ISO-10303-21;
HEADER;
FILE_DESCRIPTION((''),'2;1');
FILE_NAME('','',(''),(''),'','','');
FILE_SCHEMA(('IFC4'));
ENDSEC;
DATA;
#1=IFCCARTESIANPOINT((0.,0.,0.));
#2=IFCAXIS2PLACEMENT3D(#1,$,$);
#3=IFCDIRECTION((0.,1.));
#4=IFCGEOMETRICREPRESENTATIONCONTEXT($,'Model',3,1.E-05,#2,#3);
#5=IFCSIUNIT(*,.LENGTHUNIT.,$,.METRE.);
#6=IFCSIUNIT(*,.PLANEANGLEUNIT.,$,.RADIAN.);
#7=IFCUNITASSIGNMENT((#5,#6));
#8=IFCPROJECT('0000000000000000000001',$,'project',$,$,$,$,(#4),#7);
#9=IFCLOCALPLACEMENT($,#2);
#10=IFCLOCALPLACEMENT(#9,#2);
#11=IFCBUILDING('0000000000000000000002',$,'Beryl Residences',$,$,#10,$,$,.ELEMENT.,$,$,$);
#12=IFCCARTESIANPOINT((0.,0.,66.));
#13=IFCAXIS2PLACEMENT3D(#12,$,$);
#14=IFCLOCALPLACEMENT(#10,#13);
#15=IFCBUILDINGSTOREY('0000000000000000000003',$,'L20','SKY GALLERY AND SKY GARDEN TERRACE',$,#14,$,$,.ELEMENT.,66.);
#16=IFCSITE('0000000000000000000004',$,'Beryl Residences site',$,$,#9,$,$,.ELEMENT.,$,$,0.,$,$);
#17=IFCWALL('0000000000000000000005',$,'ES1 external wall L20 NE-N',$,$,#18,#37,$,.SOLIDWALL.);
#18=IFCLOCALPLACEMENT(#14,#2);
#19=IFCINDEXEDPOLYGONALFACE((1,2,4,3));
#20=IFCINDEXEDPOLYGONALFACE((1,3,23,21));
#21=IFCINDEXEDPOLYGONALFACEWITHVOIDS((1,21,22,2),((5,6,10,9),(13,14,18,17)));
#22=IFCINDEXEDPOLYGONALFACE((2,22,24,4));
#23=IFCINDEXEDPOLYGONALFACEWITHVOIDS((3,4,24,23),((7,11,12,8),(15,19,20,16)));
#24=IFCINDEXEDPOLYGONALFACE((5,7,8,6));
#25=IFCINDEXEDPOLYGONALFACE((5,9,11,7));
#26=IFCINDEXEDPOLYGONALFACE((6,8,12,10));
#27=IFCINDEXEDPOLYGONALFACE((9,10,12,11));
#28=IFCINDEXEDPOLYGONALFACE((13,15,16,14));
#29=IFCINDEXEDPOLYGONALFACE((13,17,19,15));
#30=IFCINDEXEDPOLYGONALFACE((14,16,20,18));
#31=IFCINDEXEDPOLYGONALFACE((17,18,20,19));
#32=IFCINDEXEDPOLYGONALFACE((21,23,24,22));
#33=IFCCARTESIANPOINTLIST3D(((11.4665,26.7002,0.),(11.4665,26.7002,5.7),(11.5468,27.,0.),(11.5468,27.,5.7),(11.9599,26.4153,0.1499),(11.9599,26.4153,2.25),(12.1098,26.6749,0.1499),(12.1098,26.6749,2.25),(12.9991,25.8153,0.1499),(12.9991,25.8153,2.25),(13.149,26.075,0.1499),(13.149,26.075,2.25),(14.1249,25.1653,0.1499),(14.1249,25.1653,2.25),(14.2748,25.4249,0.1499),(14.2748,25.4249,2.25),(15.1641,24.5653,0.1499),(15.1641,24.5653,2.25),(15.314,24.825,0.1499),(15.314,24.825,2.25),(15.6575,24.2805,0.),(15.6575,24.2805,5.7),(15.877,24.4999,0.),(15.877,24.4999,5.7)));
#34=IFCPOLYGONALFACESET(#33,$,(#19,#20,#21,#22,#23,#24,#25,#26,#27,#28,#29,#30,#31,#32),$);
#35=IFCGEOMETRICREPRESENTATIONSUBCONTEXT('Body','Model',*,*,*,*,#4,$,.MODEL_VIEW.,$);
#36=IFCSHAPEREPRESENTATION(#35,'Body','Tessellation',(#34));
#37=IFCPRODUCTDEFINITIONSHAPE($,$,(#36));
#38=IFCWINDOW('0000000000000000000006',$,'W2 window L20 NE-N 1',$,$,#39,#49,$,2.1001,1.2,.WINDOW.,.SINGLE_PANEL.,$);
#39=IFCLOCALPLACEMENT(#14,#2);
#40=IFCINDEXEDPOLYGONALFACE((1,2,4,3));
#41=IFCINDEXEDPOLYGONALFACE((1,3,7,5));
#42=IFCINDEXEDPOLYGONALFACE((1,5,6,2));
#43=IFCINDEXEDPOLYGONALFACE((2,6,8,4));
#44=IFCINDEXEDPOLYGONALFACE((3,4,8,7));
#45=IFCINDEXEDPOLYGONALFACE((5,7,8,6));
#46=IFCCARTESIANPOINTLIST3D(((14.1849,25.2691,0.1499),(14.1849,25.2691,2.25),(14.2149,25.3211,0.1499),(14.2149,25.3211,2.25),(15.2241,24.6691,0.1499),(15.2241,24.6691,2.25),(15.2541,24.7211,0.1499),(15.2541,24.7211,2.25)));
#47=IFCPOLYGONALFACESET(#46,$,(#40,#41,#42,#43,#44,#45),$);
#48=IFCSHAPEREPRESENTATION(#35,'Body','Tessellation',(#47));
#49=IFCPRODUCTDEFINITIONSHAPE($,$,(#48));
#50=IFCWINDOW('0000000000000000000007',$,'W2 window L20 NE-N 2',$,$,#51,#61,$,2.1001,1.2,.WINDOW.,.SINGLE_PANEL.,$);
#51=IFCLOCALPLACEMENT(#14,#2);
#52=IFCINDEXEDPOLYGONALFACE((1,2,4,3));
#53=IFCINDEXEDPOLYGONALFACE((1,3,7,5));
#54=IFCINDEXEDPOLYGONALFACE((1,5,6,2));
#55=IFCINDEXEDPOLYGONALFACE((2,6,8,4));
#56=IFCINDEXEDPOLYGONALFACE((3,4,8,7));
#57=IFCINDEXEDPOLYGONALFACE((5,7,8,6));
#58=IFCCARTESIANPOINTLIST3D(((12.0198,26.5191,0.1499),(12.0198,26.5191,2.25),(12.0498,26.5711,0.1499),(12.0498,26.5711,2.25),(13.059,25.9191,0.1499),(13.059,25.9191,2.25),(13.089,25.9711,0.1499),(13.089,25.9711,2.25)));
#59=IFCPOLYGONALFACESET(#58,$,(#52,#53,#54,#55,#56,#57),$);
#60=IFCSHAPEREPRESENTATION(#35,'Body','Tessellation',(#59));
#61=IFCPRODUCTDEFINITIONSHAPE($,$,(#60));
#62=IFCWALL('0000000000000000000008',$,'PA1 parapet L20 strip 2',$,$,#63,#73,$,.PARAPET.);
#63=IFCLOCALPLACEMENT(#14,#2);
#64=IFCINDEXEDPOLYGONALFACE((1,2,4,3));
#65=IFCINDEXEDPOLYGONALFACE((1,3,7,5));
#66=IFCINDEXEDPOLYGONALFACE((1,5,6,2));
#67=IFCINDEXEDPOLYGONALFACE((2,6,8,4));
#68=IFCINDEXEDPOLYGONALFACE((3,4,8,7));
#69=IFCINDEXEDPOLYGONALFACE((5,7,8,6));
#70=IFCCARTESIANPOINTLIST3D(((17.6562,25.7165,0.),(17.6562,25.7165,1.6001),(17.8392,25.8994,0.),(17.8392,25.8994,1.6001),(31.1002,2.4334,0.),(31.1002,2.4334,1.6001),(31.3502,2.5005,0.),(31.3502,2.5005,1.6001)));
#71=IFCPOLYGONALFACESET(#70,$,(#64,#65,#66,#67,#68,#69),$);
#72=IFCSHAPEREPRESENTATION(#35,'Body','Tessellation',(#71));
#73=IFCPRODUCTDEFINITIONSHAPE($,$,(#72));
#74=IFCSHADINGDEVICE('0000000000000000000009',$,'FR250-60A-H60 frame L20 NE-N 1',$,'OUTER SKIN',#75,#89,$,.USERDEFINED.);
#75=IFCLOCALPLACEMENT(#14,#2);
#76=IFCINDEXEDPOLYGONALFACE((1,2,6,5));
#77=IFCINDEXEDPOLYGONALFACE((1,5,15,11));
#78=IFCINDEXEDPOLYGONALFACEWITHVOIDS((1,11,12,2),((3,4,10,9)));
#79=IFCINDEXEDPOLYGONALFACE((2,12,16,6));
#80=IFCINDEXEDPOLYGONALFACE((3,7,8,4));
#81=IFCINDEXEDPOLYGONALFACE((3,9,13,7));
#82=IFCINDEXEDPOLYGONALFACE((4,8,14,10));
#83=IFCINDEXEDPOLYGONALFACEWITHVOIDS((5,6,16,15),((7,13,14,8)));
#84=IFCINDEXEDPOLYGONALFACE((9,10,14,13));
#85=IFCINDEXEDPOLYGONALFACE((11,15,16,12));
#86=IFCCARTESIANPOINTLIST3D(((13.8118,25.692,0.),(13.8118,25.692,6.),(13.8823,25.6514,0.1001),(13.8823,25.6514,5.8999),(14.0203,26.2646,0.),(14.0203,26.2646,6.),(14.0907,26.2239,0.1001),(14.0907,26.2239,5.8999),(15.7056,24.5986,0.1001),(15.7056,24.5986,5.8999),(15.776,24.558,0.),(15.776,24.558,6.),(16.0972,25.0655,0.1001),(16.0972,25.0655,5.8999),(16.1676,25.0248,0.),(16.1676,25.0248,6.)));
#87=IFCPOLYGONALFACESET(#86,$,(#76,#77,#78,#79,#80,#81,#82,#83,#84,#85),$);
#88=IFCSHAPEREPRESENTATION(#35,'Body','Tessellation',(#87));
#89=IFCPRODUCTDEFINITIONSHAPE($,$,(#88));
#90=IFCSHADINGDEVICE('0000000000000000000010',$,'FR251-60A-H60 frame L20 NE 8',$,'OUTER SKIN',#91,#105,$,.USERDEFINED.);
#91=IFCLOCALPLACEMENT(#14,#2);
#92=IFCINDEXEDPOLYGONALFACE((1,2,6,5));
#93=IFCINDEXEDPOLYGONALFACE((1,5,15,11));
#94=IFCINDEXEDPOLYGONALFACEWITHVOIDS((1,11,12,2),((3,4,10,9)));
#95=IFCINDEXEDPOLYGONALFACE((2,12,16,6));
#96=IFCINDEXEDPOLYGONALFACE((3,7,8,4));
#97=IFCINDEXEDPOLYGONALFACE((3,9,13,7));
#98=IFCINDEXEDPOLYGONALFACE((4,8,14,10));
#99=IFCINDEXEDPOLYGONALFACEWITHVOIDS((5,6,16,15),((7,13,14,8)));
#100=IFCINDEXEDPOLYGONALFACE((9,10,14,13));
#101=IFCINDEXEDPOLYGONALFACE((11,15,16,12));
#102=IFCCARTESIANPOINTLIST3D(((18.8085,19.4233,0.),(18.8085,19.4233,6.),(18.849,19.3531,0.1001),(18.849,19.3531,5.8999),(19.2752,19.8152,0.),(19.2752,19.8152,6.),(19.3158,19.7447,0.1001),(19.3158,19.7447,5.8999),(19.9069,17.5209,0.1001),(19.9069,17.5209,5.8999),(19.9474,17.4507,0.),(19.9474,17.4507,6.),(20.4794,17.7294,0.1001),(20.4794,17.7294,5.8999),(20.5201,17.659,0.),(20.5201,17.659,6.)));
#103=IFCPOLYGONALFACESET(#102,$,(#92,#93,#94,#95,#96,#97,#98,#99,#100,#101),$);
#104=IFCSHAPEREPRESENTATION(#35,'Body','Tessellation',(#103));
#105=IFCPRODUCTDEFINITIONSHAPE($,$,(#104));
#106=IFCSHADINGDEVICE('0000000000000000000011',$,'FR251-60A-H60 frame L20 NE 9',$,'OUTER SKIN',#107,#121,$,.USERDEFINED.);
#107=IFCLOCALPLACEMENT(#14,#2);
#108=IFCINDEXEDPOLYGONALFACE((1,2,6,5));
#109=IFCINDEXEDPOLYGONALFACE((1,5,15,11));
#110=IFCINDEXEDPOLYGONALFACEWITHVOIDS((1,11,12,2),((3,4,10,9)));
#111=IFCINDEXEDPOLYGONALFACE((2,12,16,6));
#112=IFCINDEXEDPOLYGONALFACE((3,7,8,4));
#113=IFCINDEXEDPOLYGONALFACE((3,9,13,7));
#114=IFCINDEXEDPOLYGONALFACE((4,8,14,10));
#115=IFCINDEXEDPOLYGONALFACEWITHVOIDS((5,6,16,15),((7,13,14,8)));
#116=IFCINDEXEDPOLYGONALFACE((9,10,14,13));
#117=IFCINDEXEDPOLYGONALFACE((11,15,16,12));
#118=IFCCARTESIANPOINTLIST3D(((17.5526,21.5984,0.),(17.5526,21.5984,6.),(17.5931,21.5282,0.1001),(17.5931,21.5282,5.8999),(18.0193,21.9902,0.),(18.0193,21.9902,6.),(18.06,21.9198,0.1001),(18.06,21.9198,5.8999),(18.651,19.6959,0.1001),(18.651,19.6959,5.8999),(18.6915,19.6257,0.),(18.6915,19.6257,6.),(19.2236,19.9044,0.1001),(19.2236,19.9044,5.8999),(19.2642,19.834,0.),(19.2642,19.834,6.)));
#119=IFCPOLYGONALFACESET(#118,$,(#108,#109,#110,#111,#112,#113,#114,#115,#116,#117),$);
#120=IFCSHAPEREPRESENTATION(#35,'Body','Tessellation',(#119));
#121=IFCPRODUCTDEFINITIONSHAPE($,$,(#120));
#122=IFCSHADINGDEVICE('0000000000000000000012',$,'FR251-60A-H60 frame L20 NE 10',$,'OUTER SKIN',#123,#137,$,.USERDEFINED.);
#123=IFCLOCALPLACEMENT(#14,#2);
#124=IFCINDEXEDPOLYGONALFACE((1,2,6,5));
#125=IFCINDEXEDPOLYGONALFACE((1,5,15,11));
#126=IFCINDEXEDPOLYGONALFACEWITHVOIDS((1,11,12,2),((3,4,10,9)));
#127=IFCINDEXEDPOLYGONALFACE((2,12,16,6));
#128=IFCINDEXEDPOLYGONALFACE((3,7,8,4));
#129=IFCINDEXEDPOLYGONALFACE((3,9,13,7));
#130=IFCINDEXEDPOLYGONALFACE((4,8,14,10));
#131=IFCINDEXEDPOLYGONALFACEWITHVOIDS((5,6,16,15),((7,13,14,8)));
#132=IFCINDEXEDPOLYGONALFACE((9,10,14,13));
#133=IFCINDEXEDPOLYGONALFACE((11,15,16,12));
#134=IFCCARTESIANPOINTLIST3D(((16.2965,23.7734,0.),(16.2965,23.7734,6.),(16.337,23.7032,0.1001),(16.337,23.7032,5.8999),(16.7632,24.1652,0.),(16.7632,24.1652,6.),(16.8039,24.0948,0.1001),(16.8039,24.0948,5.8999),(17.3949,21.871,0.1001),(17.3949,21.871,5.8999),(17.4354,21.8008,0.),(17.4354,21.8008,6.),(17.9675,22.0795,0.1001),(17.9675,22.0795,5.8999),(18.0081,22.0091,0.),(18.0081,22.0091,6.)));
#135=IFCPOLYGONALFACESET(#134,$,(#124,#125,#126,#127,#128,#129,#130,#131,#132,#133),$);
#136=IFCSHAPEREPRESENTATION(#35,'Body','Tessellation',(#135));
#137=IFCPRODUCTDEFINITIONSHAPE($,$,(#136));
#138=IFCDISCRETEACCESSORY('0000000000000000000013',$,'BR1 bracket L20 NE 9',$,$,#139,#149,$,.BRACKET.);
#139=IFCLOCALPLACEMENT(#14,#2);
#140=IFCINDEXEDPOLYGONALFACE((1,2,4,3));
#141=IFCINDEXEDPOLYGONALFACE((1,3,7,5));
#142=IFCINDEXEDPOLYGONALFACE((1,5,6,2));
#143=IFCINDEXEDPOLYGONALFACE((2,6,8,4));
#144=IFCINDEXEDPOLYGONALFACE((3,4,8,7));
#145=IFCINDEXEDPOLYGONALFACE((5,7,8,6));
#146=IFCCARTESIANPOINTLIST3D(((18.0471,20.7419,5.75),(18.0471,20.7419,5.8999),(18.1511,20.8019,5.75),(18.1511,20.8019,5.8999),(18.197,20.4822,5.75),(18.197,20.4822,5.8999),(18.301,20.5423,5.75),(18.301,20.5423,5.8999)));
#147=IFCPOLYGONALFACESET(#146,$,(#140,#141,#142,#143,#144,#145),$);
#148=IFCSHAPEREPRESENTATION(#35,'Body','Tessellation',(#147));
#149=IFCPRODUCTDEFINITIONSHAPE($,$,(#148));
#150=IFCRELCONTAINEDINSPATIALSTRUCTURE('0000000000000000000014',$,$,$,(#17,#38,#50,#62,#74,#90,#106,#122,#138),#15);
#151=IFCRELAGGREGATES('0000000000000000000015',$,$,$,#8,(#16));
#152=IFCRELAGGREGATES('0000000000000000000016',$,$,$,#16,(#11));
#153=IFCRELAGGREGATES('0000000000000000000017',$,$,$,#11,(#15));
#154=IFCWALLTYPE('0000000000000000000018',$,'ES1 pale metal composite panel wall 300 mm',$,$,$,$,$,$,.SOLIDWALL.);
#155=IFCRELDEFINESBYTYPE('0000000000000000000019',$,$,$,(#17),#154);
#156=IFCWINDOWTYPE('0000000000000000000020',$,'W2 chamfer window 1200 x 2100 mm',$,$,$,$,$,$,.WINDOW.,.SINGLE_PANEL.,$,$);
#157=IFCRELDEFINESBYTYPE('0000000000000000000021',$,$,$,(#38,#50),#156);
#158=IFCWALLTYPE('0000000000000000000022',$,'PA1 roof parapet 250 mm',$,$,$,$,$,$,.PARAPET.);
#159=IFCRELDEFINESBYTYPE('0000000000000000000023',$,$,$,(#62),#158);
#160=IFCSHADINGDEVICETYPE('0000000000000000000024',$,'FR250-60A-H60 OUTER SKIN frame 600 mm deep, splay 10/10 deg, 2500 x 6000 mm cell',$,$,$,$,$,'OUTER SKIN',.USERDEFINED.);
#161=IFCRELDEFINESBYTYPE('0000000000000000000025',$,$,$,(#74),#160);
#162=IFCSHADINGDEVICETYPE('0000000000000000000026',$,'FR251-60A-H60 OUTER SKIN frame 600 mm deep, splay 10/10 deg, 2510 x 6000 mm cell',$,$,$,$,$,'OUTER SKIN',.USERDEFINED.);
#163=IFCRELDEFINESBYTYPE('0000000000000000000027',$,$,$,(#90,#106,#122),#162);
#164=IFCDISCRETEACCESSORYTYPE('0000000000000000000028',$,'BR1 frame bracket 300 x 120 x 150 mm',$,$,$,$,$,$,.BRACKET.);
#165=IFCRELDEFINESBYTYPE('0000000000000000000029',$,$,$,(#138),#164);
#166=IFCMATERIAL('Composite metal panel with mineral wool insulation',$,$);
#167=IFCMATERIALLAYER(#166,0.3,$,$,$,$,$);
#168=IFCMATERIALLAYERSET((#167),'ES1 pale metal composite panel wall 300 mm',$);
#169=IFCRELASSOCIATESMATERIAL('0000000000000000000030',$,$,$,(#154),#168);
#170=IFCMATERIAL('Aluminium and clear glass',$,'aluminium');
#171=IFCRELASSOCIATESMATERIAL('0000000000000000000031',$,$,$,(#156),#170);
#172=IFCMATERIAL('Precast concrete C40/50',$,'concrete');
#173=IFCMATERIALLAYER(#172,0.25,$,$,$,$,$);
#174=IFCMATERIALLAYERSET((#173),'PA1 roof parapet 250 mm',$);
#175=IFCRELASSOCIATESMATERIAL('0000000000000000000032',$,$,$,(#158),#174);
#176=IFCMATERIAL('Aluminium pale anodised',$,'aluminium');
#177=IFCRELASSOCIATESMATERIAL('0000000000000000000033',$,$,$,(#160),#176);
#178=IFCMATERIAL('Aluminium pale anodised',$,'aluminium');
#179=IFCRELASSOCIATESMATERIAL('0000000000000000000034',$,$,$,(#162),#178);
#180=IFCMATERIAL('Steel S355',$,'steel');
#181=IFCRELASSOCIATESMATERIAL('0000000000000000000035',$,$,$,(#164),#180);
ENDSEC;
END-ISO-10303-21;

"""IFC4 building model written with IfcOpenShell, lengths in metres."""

from ifc_helpers import new_model, entity, si_unit, direction, frame, frame_2d, origin, place, context, subcontext, project, spatial, polyline, rectangle, outline, extrude, source, transform, mapped, material, layer, layer_set, type_object, type_shapes, element, fill, save


model = new_model("IFC4")

# Units and contexts
model_context = context("Model", 3, precision=1e-05, world=origin(), true_north=direction((0.0, 1.0)))
body_context = subcontext(model_context, "Body", "Model", "MODEL_VIEW")
ifc_project = project(units=[si_unit("LENGTHUNIT", "METRE"), si_unit("PLANEANGLEUNIT", "RADIAN")], contexts=[model_context])

# Site, building, storey
site_placement = place(None, origin())
site = spatial("IfcSite", under=ifc_project, at=site_placement, Name="Beryl Residences site", CompositionType="ELEMENT", RefElevation=0.0)
building_placement = place(site_placement, origin())
building = spatial("IfcBuilding", under=site, at=building_placement, Name="Beryl Residences", CompositionType="ELEMENT")
storey_placement = place(building_placement, frame((0.0, 0.0, 66.0)))
storey = spatial("IfcBuildingStorey", under=building, at=storey_placement, Name="L20", Description="SKY GALLERY AND SKY GARDEN TERRACE", CompositionType="ELEMENT", Elevation=66.0)

# Wall, openings, windows
ifc_material_1 = material(Name="Composite metal panel with mineral wool insulation")
ifc_layer_1 = layer(ifc_material_1, 0.3)
ifc_layer_set_1 = layer_set([ifc_layer_1], Name="ES1 pale metal composite panel wall 300 mm")
wall_type_1 = type_object("IfcWallType", Name="ES1 pale metal composite panel wall 300 mm", PredefinedType="SOLIDWALL", material=ifc_layer_set_1)
wall_1_placement = place(storey_placement, frame((15.802, 24.3701, 0.0), z_axis=(0.0, 0.0, 1.0), x_axis=(-0.866023, 0.500004, 0.0)))
wall_1 = element("IfcWall", 1, at=wall_1_placement, inside=storey, type_object=wall_type_1, Name="ES1 external wall L20 NE-N", PredefinedType="SOLIDWALL", context=body_context, shape_type="SweptSolid", body=[
    extrude(outline(polyline([(0.0, -0.1499), (5.0, -0.1499), (4.9197, 0.1499), (0.0803, 0.1499), (0.0, -0.1499)])), origin(), (0.0, 0.0, 1.0), 5.7),
])
opening_1_placement = place(wall_1_placement, frame((0.6499, 0.0, 0.1499)))
opening_1 = element("IfcOpeningElement", 2, at=opening_1_placement, cuts=wall_1, PredefinedType="OPENING", context=body_context, shape_type="SweptSolid", body=[
    extrude(rectangle(XDim=1.2, YDim=2.1001, at=frame_2d((0.6001, 1.05))), frame((0.0, 0.1599, 0.0), z_axis=(0.0, -1.0, 0.0), x_axis=(1.0, 0.0, 0.0)), (0.0, 0.0, 1.0), 0.3201),
])
opening_2_placement = place(wall_1_placement, frame((3.1499, 0.0, 0.1499)))
opening_2 = element("IfcOpeningElement", 3, at=opening_2_placement, cuts=wall_1, PredefinedType="OPENING", context=body_context, shape_type="SweptSolid", body=[
    extrude(rectangle(XDim=1.2, YDim=2.1001, at=frame_2d((0.6001, 1.05))), frame((0.0, 0.1599, 0.0), z_axis=(0.0, -1.0, 0.0), x_axis=(1.0, 0.0, 0.0)), (0.0, 0.0, 1.0), 0.3201),
])
ifc_material_2 = material(Name="Aluminium and clear glass", Category="aluminium")
window_type = type_object("IfcWindowType", Name="W2 chamfer window 1200 x 2100 mm", PartitioningType="SINGLE_PANEL", PredefinedType="WINDOW", material=ifc_material_2)
window_1_placement = place(opening_1_placement, origin())
window_1 = element("IfcWindow", 4, at=window_1_placement, inside=storey, type_object=window_type, Name="W2 window L20 NE-N 1", OverallHeight=2.1001, OverallWidth=1.2, PartitioningType="SINGLE_PANEL", PredefinedType="WINDOW", context=body_context, shape_type="SweptSolid", body=[
    extrude(rectangle(XDim=1.2, YDim=2.1001, at=frame_2d((0.6001, 1.05))), frame((0.0, 0.03, 0.0), z_axis=(0.0, -1.0, 0.0), x_axis=(1.0, 0.0, 0.0)), (0.0, 0.0, 1.0), 0.0601),
])
fill(opening_1, window_1)
window_2_placement = place(opening_2_placement, origin())
window_2 = element("IfcWindow", 5, at=window_2_placement, inside=storey, type_object=window_type, Name="W2 window L20 NE-N 2", OverallHeight=2.1001, OverallWidth=1.2, PartitioningType="SINGLE_PANEL", PredefinedType="WINDOW", context=body_context, shape_type="SweptSolid", body=[
    extrude(rectangle(XDim=1.2, YDim=2.1001, at=frame_2d((0.6001, 1.05))), frame((0.0, 0.03, 0.0), z_axis=(0.0, -1.0, 0.0), x_axis=(1.0, 0.0, 0.0)), (0.0, 0.0, 1.0), 0.0601),
])
fill(opening_2, window_2)

# Wall
ifc_material_3 = material(Name="Precast concrete C40/50", Category="concrete")
ifc_layer_2 = layer(ifc_material_3, 0.25)
ifc_layer_set_2 = layer_set([ifc_layer_2], Name="PA1 roof parapet 250 mm")
wall_type_2 = type_object("IfcWallType", Name="PA1 roof parapet 250 mm", PredefinedType="PARAPET", material=ifc_layer_set_2)
wall_2_placement = place(storey_placement, frame((17.731, 25.8369, 0.0), z_axis=(0.0, 0.0, 1.0), x_axis=(0.500045, -0.866, 0.0)))
element("IfcWall", 6, at=wall_2_placement, inside=storey, type_object=wall_type_2, Name="PA1 parapet L20 strip 2", PredefinedType="PARAPET", context=body_context, shape_type="SweptSolid", body=[
    extrude(outline(polyline([(0.0669, -0.125), (26.9526, -0.125), (27.0195, 0.125), (0.0, 0.125), (0.0669, -0.125)])), origin(), (0.0, 0.0, 1.0), 1.6001),
])

# Shading devices
ifc_material_4 = material(Name="Aluminium pale anodised", Category="aluminium")
shading_device_type_1 = type_object("IfcShadingDeviceType", Name="FR250-60A-H60 OUTER SKIN frame 600 mm deep, splay 10/10 deg, 2500 x 6000 mm cell", ElementType="OUTER SKIN", PredefinedType="USERDEFINED", material=ifc_material_4)
cartesian_point_1 = entity("IfcCartesianPoint", [-1.134, 0.0])
cartesian_point_2 = entity("IfcCartesianPoint", [-1.0527, 0.1001])
cartesian_point_3 = entity("IfcCartesianPoint", [-1.2397, 0.0])
cartesian_point_4 = entity("IfcCartesianPoint", [-1.1584, 0.1001])
shared_shape_1 = source(origin(), body_context, "Body", "SweptSolid", [
    entity("IfcExtrudedAreaSolidTapered", entity("IfcArbitraryProfileDefWithVoids", "AREA", None, entity("IfcPolyline", [cartesian_point_1, entity("IfcCartesianPoint", [1.134, 0.0]), entity("IfcCartesianPoint", [1.134, 6.0]), entity("IfcCartesianPoint", [-1.134, 6.0]), cartesian_point_1]), [entity("IfcPolyline", [cartesian_point_2, entity("IfcCartesianPoint", [1.0527, 0.1001]), entity("IfcCartesianPoint", [1.0527, 5.8999]), entity("IfcCartesianPoint", [-1.0527, 5.8999]), cartesian_point_2])]), entity("IfcAxis2Placement3D", entity("IfcCartesianPoint", [0.0, 0.0, 0.0]), entity("IfcDirection", [0.0, 1.0, 0.0]), entity("IfcDirection", [-1.0, 0.0, 0.0])), entity("IfcDirection", [0.0, 0.0, 1.0]), 0.6001, entity("IfcArbitraryProfileDefWithVoids", "AREA", None, entity("IfcPolyline", [cartesian_point_3, entity("IfcCartesianPoint", [1.2397, 0.0]), entity("IfcCartesianPoint", [1.2397, 6.0]), entity("IfcCartesianPoint", [-1.2397, 6.0]), cartesian_point_3]), [entity("IfcPolyline", [cartesian_point_4, entity("IfcCartesianPoint", [1.1584, 0.1001]), entity("IfcCartesianPoint", [1.1584, 5.8999]), entity("IfcCartesianPoint", [-1.1584, 5.8999]), cartesian_point_4])])),
])
type_shapes(shading_device_type_1, [shared_shape_1])
shading_device_placement = place(storey_placement, frame((14.7939, 25.125, 0.0), z_axis=(0.0, 0.0, 1.0), x_axis=(0.866025, -0.5, 0.0)))
element("IfcShadingDevice", 7, at=shading_device_placement, inside=storey, type_object=shading_device_type_1, Name="FR250-60A-H60 frame L20 NE-N 1", ObjectType="OUTER SKIN", PredefinedType="USERDEFINED", context=body_context, shape_type="MappedRepresentation", body=[
    mapped(shared_shape_1, transform((0.0, 0.0, 0.0))),
])
ifc_material_5 = material(Name="Aluminium pale anodised", Category="aluminium")
shading_device_type_2 = type_object("IfcShadingDeviceType", Name="FR251-60A-H60 OUTER SKIN frame 600 mm deep, splay 10/10 deg, 2510 x 6000 mm cell", ElementType="OUTER SKIN", PredefinedType="USERDEFINED", material=ifc_material_5)
cartesian_point_5 = entity("IfcCartesianPoint", [-1.1389, 0.0])
cartesian_point_6 = entity("IfcCartesianPoint", [-1.0579, 0.1001])
cartesian_point_7 = entity("IfcCartesianPoint", [-1.2449, 0.0])
cartesian_point_8 = entity("IfcCartesianPoint", [-1.1636, 0.1001])
shared_shape_2 = source(origin(), body_context, "Body", "SweptSolid", [
    entity("IfcExtrudedAreaSolidTapered", entity("IfcArbitraryProfileDefWithVoids", "AREA", None, entity("IfcPolyline", [cartesian_point_5, entity("IfcCartesianPoint", [1.1389, 0.0]), entity("IfcCartesianPoint", [1.1389, 6.0]), entity("IfcCartesianPoint", [-1.1389, 6.0]), cartesian_point_5]), [entity("IfcPolyline", [cartesian_point_6, entity("IfcCartesianPoint", [1.0579, 0.1001]), entity("IfcCartesianPoint", [1.0579, 5.8999]), entity("IfcCartesianPoint", [-1.0579, 5.8999]), cartesian_point_6])]), entity("IfcAxis2Placement3D", entity("IfcCartesianPoint", [0.0, 0.0, 0.0]), entity("IfcDirection", [0.0, 1.0, 0.0]), entity("IfcDirection", [-1.0, 0.0, 0.0])), entity("IfcDirection", [0.0, 0.0, 1.0]), 0.6001, entity("IfcArbitraryProfileDefWithVoids", "AREA", None, entity("IfcPolyline", [cartesian_point_7, entity("IfcCartesianPoint", [1.2449, 0.0]), entity("IfcCartesianPoint", [1.2449, 6.0]), entity("IfcCartesianPoint", [-1.2449, 6.0]), cartesian_point_7]), [entity("IfcPolyline", [cartesian_point_8, entity("IfcCartesianPoint", [1.1636, 0.1001]), entity("IfcCartesianPoint", [1.1636, 5.8999]), entity("IfcCartesianPoint", [-1.1636, 5.8999]), cartesian_point_8])])),
])
type_shapes(shading_device_type_2, [shared_shape_2])
for number, where, z_axis, x_axis, name in (
    (8, (19.3779, 18.437, 0.0), (0.0, 0.0, 1.0), (0.5, -0.866025, 0.0), "FR251-60A-H60 frame L20 NE 8"),
    (9, (18.1221, 20.6121, 0.0), (0.0, 0.0, 1.0), (0.5, -0.866025, 0.0), "FR251-60A-H60 frame L20 NE 9"),
    (10, (16.866, 22.7871, 0.0), (0.0, 0.0, 1.0), (0.5, -0.866025, 0.0), "FR251-60A-H60 frame L20 NE 10"),
):
    element("IfcShadingDevice", number, at=place(storey_placement, frame(where, z_axis=z_axis, x_axis=x_axis)), inside=storey, type_object=shading_device_type_2, Name=name, ObjectType="OUTER SKIN", PredefinedType="USERDEFINED", context=body_context, shape_type="MappedRepresentation", body=[
        mapped(shared_shape_2, transform((0.0, 0.0, 0.0))),
    ])

# Discrete accessory
ifc_material_6 = material(Name="Steel S355", Category="steel")
discrete_accessory_type = type_object("IfcDiscreteAccessoryType", Name="BR1 frame bracket 300 x 120 x 150 mm", PredefinedType="BRACKET", material=ifc_material_6)
shared_shape_3 = source(origin(), body_context, "Body", "SweptSolid", [
    extrude(outline(polyline([(-0.1499, 0.0), (0.1499, 0.0), (0.1499, 0.1201), (-0.1499, 0.1201), (-0.1499, 0.0)])), origin(), (0.0, 0.0, 1.0), 0.1499),
])
type_shapes(discrete_accessory_type, [shared_shape_3])
for number, where, z_axis, x_axis, name in (
    (11, (18.1221, 20.6121, 5.75), (0.0, 0.0, 1.0), (0.5, -0.866025, 0.0), "BR1 bracket L20 NE 9"),
):
    element("IfcDiscreteAccessory", number, at=place(storey_placement, frame(where, z_axis=z_axis, x_axis=x_axis)), inside=storey, type_object=discrete_accessory_type, Name=name, PredefinedType="BRACKET", context=body_context, shape_type="MappedRepresentation", body=[
        mapped(shared_shape_3, transform((0.0, 0.0, 0.0))),
    ])

save(model, "model.ifc")
